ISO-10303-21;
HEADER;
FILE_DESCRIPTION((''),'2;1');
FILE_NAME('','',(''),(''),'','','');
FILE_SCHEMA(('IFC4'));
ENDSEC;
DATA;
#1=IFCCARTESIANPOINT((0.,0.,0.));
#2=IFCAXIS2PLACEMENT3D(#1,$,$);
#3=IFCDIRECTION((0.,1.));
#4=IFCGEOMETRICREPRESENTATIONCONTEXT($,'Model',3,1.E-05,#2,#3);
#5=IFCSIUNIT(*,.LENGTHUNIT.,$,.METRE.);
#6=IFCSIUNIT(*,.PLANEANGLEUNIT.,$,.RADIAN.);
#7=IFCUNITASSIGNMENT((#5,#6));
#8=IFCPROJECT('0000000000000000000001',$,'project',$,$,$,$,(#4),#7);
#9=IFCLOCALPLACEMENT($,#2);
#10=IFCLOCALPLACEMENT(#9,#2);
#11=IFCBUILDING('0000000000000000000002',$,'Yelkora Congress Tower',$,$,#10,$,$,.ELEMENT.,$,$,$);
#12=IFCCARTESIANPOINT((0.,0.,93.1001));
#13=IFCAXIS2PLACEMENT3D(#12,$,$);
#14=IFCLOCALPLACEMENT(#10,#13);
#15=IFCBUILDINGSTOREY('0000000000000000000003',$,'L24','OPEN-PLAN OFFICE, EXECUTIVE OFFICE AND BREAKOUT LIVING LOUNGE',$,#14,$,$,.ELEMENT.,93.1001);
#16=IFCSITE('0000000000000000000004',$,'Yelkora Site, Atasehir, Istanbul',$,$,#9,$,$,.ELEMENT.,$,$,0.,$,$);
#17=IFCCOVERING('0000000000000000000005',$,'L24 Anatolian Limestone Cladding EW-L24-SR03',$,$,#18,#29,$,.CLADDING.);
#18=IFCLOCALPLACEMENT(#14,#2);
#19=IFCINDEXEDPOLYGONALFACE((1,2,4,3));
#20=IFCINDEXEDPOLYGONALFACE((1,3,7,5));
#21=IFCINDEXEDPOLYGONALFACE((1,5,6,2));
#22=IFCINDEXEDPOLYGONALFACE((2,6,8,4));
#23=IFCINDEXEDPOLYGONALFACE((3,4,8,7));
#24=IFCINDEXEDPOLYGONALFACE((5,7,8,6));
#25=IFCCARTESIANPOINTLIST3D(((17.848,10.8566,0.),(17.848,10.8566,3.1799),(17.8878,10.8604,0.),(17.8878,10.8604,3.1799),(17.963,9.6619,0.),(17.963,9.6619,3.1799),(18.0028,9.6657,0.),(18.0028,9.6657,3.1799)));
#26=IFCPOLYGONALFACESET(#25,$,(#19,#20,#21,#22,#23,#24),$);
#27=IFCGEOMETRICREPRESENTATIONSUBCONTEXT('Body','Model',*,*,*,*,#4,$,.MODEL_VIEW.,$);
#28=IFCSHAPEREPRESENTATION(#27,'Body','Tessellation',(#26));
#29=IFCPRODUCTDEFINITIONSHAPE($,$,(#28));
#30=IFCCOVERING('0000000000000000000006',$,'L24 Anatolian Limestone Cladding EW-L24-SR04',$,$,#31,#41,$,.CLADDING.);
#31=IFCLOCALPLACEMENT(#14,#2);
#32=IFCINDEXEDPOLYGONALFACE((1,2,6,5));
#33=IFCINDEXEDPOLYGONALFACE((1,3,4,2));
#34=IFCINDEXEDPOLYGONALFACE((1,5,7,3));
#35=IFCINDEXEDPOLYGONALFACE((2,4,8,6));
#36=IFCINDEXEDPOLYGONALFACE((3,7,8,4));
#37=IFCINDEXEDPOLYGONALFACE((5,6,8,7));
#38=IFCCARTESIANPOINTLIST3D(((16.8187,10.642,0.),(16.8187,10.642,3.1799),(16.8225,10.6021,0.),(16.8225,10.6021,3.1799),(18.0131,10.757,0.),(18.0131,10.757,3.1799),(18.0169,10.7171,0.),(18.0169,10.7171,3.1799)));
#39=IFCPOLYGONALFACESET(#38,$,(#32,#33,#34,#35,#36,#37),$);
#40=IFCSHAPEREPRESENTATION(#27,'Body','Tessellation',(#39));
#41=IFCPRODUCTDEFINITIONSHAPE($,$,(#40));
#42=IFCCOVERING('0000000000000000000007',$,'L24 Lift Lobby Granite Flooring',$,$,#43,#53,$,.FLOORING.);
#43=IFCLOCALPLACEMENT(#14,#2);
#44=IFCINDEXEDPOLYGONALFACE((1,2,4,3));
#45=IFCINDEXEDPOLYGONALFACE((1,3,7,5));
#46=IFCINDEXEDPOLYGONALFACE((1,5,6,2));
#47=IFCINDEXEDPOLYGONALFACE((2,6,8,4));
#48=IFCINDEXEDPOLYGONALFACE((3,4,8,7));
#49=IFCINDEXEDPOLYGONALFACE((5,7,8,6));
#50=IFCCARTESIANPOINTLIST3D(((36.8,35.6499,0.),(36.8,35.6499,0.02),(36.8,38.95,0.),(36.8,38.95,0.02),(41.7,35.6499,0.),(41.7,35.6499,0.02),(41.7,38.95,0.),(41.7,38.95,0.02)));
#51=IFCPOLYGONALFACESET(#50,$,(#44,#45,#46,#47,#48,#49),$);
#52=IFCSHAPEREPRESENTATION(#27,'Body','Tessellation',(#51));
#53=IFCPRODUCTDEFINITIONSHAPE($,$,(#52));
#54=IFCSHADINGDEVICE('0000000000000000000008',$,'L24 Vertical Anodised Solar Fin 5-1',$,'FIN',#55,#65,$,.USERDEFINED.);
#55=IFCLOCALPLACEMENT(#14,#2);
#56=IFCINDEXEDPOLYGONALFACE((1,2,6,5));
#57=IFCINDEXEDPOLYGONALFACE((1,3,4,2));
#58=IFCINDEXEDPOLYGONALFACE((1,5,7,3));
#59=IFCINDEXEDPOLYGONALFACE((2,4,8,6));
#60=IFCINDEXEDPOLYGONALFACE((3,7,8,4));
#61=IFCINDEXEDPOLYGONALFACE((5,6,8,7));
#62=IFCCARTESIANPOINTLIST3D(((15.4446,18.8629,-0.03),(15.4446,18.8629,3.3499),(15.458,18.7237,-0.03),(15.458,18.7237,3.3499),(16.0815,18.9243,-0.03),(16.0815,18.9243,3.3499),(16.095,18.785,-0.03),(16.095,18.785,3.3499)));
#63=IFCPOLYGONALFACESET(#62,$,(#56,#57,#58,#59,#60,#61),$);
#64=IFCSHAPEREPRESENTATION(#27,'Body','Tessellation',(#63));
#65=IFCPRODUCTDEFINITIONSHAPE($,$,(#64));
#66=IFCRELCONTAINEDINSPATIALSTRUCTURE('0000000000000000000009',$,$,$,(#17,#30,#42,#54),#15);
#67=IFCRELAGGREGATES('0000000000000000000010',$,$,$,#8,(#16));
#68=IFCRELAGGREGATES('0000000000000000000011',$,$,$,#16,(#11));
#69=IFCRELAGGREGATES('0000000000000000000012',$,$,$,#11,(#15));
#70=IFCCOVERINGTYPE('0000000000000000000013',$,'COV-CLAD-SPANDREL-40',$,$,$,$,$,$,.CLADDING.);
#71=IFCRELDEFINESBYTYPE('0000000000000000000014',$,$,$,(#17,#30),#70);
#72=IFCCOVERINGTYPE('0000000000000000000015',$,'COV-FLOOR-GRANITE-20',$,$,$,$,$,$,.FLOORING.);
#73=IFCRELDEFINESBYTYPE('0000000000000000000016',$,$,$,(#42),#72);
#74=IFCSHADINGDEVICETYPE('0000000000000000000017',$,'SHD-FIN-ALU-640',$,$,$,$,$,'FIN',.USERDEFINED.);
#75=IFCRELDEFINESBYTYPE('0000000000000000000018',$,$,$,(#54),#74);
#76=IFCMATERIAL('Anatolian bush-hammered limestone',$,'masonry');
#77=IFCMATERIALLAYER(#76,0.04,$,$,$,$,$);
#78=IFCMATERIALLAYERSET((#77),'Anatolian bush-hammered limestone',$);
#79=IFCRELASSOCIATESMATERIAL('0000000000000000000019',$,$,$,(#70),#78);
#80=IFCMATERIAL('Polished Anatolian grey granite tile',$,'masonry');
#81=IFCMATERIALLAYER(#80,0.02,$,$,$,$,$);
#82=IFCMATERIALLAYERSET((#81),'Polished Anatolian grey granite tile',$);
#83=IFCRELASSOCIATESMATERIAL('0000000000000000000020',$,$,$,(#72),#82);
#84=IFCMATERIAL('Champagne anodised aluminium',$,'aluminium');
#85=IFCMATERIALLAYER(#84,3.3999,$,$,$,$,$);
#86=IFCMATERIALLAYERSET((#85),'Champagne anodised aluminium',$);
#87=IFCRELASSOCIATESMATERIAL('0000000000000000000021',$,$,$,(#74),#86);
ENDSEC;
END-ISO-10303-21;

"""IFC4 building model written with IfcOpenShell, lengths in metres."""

from ifc_helpers import new_model, si_unit, direction, frame, frame_2d, origin, origin_2d, place, context, subcontext, project, spatial, polyline, rectangle, outline, extrude, material, layer, layer_set, type_object, element, save


model = new_model("IFC4")

# Units and contexts
model_context = context("Model", 3, precision=1e-05, world=origin(), true_north=direction((0.0, 1.0)))
body_context = subcontext(model_context, "Body", "Model", "MODEL_VIEW")
ifc_project = project(units=[si_unit("LENGTHUNIT", "METRE"), si_unit("PLANEANGLEUNIT", "RADIAN")], contexts=[model_context])

# Site, building, storey
site_placement = place(None, origin())
site = spatial("IfcSite", under=ifc_project, at=site_placement, Name="Yelkora Site, Atasehir, Istanbul", CompositionType="ELEMENT", RefElevation=0.0)
building_placement = place(site_placement, origin())
building = spatial("IfcBuilding", under=site, at=building_placement, Name="Yelkora Congress Tower", CompositionType="ELEMENT")
storey_placement = place(building_placement, frame((0.0, 0.0, 93.1001)))
storey = spatial("IfcBuildingStorey", under=building, at=storey_placement, Name="L24", Description="OPEN-PLAN OFFICE, EXECUTIVE OFFICE AND BREAKOUT LIVING LOUNGE", CompositionType="ELEMENT", Elevation=93.1001)

# Coverings
ifc_material_1 = material(Name="Anatolian bush-hammered limestone", Category="masonry")
ifc_layer_1 = layer(ifc_material_1, 0.04)
ifc_layer_set_1 = layer_set([ifc_layer_1], Name="Anatolian bush-hammered limestone")
covering_type_1 = type_object("IfcCoveringType", Name="COV-CLAD-SPANDREL-40", PredefinedType="CLADDING", material=ifc_layer_set_1)
for number, where, z_axis, x_axis, name in (
    (1, (17.9829, 9.6638, 0.0), (0.0, 0.0, 1.0), (-0.095817, 0.995399, 0.0), "L24 Anatolian Limestone Cladding EW-L24-SR03"),
):
    element("IfcCovering", number, at=place(storey_placement, frame(where, z_axis=z_axis, x_axis=x_axis)), inside=storey, type_object=covering_type_1, Name=name, PredefinedType="CLADDING", context=body_context, shape_type="SweptSolid", body=[
        extrude(rectangle(XDim=1.2002, YDim=0.04, at=frame_2d((0.6001, 0.0))), origin(), (0.0, 0.0, 1.0), 3.1799),
    ])
covering_1_placement = place(storey_placement, frame((18.0151, 10.7371, 0.0), z_axis=(0.0, 0.0, 1.0), x_axis=(-0.995397, -0.095836, 0.0)))
element("IfcCovering", 2, at=covering_1_placement, inside=storey, type_object=covering_type_1, Name="L24 Anatolian Limestone Cladding EW-L24-SR04", PredefinedType="CLADDING", context=body_context, shape_type="SweptSolid", body=[
    extrude(rectangle(XDim=1.2, YDim=0.04, at=frame_2d((0.6001, 0.0))), origin(), (0.0, 0.0, 1.0), 3.1799),
])
ifc_material_2 = material(Name="Polished Anatolian grey granite tile", Category="masonry")
ifc_layer_2 = layer(ifc_material_2, 0.02)
ifc_layer_set_2 = layer_set([ifc_layer_2], Name="Polished Anatolian grey granite tile")
covering_type_2 = type_object("IfcCoveringType", Name="COV-FLOOR-GRANITE-20", PredefinedType="FLOORING", material=ifc_layer_set_2)
covering_2_placement = place(storey_placement, origin())
element("IfcCovering", 3, at=covering_2_placement, inside=storey, type_object=covering_type_2, Name="L24 Lift Lobby Granite Flooring", PredefinedType="FLOORING", context=body_context, shape_type="SweptSolid", body=[
    extrude(outline(polyline([(36.8, 35.6499), (41.7, 35.6499), (41.7, 38.95), (36.8, 38.95), (36.8, 35.6499)])), origin(), (0.0, 0.0, 1.0), 0.02),
])

# Shading device
ifc_material_3 = material(Name="Champagne anodised aluminium", Category="aluminium")
ifc_layer_3 = layer(ifc_material_3, 3.3999)
ifc_layer_set_3 = layer_set([ifc_layer_3], Name="Champagne anodised aluminium")
shading_device_type = type_object("IfcShadingDeviceType", Name="SHD-FIN-ALU-640", ElementType="FIN", PredefinedType="USERDEFINED", material=ifc_layer_set_3)
shading_device_placement = place(storey_placement, frame((15.7698, 18.824, -0.03), z_axis=(0.0, 0.0, 1.0), x_axis=(-0.095846, 0.995396, 0.0)))
element("IfcShadingDevice", 4, at=shading_device_placement, inside=storey, type_object=shading_device_type, Name="L24 Vertical Anodised Solar Fin 5-1", ObjectType="FIN", PredefinedType="USERDEFINED", context=body_context, shape_type="SweptSolid", body=[
    extrude(rectangle(XDim=0.1399, YDim=0.6399, at=origin_2d()), origin(), (0.0, 0.0, 1.0), 3.3799),
])

save(model, "model.ifc")
